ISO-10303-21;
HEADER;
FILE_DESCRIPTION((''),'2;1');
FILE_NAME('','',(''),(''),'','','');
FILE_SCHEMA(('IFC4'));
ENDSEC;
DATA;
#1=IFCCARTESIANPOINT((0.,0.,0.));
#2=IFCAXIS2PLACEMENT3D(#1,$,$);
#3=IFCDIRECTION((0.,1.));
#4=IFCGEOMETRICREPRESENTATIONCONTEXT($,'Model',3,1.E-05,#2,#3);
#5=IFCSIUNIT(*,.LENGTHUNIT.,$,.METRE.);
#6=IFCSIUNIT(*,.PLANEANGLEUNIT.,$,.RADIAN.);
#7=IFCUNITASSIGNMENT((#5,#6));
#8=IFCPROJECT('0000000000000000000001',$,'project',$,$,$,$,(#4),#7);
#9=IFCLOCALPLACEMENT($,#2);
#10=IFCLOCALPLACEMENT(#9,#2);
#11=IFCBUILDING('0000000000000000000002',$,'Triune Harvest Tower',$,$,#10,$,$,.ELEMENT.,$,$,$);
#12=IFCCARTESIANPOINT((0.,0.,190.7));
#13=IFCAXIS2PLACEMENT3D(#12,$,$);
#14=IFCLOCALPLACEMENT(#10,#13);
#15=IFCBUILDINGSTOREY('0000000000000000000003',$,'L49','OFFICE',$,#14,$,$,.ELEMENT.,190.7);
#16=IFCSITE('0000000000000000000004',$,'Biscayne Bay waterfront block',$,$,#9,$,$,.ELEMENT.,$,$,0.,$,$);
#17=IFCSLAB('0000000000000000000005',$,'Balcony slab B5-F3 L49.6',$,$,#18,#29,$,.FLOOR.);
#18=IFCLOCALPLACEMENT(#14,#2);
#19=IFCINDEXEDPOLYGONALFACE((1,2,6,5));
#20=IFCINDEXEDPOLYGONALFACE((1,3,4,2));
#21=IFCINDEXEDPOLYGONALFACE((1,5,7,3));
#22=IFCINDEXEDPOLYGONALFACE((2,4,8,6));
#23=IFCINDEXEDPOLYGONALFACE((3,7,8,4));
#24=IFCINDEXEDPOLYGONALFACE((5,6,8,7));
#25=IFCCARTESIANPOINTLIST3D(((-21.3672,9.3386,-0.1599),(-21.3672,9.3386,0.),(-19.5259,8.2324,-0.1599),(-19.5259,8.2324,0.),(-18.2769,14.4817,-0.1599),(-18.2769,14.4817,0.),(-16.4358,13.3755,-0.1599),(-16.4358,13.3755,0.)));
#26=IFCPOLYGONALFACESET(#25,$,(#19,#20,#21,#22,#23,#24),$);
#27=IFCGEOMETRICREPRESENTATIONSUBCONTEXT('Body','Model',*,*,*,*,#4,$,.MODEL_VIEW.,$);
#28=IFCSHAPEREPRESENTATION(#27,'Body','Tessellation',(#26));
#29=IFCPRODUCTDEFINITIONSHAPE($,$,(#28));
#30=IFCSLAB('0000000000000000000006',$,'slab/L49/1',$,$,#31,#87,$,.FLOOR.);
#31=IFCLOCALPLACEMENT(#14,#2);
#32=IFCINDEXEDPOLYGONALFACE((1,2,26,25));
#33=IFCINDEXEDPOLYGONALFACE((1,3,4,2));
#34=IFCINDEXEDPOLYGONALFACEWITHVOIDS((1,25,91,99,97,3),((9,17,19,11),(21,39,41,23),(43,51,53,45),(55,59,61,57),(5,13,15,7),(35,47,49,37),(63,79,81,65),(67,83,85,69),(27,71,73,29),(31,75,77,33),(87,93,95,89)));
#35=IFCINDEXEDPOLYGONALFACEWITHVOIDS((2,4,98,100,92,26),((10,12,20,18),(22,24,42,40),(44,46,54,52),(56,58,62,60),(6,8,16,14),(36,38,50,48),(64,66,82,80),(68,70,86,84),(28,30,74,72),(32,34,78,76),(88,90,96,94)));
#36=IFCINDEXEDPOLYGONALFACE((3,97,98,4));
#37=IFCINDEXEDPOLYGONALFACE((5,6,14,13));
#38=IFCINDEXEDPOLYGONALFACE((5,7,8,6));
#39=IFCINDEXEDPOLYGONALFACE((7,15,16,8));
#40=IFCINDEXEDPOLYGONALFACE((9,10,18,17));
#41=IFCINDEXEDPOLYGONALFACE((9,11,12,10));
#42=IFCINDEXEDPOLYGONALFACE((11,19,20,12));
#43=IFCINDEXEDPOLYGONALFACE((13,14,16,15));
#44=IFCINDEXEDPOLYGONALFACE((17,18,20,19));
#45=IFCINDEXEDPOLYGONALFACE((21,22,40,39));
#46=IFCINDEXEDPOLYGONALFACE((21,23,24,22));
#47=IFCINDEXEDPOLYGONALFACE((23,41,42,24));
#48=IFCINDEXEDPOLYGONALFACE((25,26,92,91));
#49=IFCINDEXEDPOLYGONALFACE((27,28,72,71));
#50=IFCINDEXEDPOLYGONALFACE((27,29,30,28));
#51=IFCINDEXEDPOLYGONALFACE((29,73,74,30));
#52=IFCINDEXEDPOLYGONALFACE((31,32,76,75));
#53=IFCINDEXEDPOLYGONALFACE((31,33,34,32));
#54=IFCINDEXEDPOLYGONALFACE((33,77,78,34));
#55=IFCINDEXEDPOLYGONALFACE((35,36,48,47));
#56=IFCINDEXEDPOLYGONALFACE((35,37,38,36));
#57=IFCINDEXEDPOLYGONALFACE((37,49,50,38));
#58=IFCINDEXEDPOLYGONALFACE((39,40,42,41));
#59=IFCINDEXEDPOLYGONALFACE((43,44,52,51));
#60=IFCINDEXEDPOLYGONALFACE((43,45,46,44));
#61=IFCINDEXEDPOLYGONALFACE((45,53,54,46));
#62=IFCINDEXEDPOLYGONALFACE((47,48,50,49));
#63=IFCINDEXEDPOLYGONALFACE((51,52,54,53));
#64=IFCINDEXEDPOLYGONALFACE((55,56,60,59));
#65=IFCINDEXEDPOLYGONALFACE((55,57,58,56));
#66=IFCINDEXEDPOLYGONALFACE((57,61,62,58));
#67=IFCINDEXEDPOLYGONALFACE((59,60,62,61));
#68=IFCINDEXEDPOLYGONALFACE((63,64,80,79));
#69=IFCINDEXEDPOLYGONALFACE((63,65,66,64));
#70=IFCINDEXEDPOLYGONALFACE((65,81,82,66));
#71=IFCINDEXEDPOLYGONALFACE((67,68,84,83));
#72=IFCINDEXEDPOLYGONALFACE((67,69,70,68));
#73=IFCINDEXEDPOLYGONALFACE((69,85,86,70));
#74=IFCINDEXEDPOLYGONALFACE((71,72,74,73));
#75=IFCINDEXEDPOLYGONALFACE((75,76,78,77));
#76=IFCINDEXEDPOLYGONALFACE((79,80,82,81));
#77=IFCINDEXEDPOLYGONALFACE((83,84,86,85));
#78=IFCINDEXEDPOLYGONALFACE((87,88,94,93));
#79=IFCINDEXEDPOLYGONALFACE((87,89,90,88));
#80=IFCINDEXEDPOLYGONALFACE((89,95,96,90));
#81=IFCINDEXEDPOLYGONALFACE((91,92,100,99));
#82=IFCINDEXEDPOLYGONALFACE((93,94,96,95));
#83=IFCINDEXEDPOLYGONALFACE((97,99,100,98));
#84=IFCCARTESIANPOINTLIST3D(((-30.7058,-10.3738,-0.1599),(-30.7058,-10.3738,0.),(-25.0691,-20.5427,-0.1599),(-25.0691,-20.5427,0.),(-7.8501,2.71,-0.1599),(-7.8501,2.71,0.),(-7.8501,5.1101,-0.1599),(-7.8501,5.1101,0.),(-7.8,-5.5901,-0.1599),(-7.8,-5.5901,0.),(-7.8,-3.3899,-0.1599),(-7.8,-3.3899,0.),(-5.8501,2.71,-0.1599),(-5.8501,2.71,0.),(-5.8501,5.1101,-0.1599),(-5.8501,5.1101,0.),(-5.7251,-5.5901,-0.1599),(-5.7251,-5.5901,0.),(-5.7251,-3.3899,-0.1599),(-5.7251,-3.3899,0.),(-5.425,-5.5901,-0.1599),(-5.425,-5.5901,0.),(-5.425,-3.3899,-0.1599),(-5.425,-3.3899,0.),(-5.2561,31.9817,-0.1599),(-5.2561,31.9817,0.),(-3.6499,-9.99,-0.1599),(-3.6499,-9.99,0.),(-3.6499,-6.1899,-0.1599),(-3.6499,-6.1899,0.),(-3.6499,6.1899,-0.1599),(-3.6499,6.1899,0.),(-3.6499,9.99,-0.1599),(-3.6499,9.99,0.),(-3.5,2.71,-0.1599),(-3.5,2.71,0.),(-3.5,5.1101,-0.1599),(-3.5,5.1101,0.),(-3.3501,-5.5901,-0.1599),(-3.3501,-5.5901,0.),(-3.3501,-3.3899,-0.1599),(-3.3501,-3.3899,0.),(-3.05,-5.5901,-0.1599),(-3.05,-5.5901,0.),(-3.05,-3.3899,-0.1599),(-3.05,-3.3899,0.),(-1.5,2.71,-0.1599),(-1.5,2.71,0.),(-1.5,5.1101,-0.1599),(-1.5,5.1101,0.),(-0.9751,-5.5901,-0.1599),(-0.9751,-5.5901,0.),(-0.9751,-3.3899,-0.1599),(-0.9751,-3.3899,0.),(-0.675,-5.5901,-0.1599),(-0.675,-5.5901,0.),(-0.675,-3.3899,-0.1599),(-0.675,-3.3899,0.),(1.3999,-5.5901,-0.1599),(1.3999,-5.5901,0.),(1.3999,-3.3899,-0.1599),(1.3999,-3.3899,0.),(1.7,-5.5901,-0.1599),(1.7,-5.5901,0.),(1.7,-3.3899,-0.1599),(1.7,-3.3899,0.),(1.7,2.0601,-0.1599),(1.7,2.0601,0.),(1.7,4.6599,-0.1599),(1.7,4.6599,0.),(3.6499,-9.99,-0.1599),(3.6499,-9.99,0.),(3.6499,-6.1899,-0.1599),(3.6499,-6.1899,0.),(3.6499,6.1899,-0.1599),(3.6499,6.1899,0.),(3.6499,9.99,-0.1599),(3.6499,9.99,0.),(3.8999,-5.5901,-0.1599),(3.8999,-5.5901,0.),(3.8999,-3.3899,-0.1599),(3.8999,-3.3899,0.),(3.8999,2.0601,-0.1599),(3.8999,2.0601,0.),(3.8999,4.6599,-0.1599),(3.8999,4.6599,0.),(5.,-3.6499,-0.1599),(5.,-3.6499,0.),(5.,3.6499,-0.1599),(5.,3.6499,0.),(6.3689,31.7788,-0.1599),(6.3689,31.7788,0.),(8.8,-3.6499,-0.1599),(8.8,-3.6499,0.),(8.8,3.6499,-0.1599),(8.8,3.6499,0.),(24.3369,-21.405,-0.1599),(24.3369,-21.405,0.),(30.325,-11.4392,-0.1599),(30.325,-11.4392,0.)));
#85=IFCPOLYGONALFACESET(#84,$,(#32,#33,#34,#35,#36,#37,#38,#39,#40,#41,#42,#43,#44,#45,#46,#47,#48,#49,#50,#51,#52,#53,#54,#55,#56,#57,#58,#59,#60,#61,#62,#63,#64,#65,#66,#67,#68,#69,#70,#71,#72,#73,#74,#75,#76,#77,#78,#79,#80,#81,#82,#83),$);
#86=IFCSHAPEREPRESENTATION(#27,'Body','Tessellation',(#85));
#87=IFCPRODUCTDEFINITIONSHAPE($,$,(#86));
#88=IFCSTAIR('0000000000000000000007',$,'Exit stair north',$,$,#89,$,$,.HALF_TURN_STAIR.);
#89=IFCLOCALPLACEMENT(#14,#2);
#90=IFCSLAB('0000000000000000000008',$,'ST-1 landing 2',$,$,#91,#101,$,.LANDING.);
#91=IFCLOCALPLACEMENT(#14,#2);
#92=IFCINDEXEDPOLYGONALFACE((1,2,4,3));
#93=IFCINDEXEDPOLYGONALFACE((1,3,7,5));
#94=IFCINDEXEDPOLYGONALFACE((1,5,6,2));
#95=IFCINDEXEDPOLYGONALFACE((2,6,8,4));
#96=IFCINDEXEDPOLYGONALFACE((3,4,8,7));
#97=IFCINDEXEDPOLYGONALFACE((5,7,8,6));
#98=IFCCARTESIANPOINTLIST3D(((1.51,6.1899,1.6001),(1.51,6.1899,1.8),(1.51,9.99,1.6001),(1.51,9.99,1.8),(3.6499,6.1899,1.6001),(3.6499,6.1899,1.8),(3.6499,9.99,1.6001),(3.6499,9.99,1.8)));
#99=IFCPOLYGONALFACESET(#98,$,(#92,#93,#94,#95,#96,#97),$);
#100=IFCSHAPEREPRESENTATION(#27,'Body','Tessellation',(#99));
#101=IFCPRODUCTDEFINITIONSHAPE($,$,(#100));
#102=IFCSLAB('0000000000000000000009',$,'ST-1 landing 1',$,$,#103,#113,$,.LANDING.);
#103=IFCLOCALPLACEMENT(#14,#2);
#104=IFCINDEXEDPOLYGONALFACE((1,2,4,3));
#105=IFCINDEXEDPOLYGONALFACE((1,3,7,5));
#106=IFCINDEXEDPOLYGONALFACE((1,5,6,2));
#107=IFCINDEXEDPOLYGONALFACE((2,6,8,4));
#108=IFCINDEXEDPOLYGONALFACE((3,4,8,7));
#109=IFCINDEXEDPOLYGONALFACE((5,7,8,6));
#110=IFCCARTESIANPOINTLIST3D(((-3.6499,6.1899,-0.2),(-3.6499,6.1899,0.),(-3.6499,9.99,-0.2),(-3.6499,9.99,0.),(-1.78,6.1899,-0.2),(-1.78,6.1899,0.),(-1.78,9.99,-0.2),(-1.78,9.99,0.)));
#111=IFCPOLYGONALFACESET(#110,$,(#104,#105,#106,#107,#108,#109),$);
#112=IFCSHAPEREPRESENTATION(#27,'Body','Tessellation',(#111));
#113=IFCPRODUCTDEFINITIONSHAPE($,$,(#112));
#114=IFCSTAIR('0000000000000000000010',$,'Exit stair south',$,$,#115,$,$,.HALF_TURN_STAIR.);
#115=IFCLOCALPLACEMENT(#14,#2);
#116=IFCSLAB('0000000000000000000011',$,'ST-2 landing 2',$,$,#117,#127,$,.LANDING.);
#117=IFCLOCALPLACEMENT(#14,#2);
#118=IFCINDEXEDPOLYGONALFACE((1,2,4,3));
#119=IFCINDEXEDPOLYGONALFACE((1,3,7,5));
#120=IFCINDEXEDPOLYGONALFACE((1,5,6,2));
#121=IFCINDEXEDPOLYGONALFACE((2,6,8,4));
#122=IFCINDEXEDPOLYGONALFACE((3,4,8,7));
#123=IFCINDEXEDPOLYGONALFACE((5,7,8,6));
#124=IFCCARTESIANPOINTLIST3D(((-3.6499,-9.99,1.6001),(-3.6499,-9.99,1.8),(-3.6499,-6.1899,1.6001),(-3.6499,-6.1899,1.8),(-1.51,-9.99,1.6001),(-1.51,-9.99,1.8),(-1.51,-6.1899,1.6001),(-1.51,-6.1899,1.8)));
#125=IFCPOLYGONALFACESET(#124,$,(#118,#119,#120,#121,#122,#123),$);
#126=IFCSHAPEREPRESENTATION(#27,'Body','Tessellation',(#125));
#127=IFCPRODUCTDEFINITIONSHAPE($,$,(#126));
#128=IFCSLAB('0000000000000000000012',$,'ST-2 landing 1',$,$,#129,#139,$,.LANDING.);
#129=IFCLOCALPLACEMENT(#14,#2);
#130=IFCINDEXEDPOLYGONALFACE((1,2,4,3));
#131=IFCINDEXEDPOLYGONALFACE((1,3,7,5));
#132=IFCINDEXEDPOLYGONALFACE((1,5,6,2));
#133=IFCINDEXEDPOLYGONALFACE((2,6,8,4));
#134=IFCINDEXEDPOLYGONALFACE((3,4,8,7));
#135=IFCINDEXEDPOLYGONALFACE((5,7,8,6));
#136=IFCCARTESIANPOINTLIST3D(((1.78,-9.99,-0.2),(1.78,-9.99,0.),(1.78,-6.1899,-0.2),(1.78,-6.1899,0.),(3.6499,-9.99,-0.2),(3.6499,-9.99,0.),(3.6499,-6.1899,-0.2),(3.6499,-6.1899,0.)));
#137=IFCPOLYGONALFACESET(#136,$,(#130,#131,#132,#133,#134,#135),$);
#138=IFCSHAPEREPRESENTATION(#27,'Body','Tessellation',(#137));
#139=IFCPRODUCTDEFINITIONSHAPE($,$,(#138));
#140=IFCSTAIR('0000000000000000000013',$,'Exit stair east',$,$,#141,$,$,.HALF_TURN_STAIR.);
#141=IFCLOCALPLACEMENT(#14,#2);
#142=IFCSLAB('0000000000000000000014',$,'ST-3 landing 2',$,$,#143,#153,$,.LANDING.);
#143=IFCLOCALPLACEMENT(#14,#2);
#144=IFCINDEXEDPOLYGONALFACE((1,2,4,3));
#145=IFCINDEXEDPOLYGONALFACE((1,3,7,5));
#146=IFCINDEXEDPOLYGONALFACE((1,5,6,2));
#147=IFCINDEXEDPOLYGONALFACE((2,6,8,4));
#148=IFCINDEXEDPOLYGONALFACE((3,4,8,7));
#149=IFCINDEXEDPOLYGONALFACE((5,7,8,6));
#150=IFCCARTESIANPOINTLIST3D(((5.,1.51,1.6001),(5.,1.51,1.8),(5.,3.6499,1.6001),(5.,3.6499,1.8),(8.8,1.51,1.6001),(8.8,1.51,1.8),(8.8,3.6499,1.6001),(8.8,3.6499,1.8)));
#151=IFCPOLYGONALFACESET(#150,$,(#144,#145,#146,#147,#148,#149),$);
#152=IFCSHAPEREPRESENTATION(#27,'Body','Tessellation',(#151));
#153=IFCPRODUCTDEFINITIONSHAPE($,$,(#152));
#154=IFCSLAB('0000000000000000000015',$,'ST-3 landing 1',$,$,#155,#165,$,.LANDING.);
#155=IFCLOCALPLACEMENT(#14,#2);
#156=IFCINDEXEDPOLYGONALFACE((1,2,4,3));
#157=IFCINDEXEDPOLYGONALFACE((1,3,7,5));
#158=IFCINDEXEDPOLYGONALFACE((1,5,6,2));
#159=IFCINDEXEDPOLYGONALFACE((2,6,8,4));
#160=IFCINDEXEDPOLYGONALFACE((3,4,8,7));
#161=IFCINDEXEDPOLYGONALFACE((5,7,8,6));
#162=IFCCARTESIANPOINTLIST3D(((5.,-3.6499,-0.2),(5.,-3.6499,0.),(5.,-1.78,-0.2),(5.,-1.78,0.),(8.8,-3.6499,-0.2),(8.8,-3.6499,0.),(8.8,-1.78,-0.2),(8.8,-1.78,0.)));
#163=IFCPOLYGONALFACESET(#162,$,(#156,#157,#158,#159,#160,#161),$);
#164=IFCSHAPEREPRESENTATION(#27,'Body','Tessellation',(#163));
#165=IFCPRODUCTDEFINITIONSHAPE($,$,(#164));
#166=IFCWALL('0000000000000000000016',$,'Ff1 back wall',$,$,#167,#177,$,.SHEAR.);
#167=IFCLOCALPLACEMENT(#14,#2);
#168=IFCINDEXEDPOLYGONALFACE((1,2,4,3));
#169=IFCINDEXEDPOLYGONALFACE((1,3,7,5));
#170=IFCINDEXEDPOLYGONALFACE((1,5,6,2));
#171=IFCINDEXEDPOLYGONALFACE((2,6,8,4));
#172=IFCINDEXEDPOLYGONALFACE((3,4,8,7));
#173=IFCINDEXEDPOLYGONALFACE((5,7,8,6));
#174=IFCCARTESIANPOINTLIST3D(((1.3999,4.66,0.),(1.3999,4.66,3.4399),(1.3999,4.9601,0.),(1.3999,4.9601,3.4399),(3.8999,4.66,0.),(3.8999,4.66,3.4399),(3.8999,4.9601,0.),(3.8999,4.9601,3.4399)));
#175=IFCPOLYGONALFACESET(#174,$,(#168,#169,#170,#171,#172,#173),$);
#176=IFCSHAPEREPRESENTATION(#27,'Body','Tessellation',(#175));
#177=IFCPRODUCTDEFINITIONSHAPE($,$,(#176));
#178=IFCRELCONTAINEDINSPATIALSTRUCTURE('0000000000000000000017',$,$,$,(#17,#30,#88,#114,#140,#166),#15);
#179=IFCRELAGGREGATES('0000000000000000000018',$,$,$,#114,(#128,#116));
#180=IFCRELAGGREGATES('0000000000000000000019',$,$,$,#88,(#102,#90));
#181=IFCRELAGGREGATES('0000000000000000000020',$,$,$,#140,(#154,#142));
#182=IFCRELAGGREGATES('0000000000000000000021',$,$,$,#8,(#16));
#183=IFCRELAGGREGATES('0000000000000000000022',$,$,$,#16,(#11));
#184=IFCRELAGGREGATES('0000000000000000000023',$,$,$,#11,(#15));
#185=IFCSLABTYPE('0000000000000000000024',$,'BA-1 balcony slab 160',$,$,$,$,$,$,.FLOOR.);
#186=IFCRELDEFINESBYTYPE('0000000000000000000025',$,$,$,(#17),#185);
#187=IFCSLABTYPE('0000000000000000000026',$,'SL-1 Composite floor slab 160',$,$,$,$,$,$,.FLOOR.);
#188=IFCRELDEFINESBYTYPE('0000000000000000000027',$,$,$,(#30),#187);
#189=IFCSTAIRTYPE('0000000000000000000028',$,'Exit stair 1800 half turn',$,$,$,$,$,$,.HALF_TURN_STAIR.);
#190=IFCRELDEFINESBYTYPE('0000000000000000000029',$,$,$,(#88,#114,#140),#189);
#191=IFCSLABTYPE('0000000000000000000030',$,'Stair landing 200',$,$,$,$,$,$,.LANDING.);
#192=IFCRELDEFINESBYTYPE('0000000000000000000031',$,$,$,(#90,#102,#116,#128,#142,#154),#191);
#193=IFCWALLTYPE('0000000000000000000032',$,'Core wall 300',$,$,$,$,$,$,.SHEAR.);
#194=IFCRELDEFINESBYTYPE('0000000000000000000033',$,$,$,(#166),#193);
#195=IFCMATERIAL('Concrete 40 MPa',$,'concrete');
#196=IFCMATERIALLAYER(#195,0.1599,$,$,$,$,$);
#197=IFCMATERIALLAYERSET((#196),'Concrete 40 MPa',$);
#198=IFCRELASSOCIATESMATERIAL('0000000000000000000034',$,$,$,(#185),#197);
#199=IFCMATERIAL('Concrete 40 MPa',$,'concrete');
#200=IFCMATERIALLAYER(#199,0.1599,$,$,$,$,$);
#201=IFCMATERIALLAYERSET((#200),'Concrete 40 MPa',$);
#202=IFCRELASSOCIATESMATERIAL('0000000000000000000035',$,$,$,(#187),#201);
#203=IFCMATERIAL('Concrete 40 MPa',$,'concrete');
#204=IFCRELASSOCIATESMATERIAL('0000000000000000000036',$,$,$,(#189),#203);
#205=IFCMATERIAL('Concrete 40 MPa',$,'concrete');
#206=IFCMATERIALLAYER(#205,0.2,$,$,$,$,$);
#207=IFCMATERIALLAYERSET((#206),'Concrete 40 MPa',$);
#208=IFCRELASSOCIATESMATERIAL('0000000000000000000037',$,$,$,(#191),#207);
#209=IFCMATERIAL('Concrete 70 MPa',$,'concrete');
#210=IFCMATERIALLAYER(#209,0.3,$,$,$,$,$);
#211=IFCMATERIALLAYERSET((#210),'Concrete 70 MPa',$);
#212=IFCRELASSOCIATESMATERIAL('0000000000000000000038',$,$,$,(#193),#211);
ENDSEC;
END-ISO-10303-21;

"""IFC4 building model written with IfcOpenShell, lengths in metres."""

from ifc_helpers import new_model, si_unit, direction, frame, frame_2d, origin, place, context, subcontext, project, spatial, polyline, rectangle, outline, extrude, source, transform, mapped, material, layer, layer_set, type_object, element, aggregate, save


model = new_model("IFC4")

# Units and contexts
model_context = context("Model", 3, precision=1e-05, world=origin(), true_north=direction((0.0, 1.0)))
body_context = subcontext(model_context, "Body", "Model", "MODEL_VIEW")
ifc_project = project(units=[si_unit("LENGTHUNIT", "METRE"), si_unit("PLANEANGLEUNIT", "RADIAN")], contexts=[model_context])

# Site, building, storey
site_placement = place(None, origin())
site = spatial("IfcSite", under=ifc_project, at=site_placement, Name="Biscayne Bay waterfront block", CompositionType="ELEMENT", RefElevation=0.0)
building_placement = place(site_placement, origin())
building = spatial("IfcBuilding", under=site, at=building_placement, Name="Triune Harvest Tower", CompositionType="ELEMENT")
storey_placement = place(building_placement, frame((0.0, 0.0, 190.7)))
storey = spatial("IfcBuildingStorey", under=building, at=storey_placement, Name="L49", Description="OFFICE", CompositionType="ELEMENT", Elevation=190.7)

# Slabs
ifc_material_1 = material(Name="Concrete 40 MPa", Category="concrete")
ifc_layer_1 = layer(ifc_material_1, 0.1599)
ifc_layer_set_1 = layer_set([ifc_layer_1], Name="Concrete 40 MPa")
slab_type_1 = type_object("IfcSlabType", Name="BA-1 balcony slab 160", PredefinedType="FLOOR", material=ifc_layer_set_1)
slab_1_placement = place(storey_placement, frame((0.0, 0.0, -0.1599)))
element("IfcSlab", 1, at=slab_1_placement, inside=storey, type_object=slab_type_1, Name="Balcony slab B5-F3 L49.6", PredefinedType="FLOOR", context=body_context, shape_type="SweptSolid", body=[
    extrude(outline(polyline([(-16.4358, 13.3755), (-19.5259, 8.2324), (-21.3672, 9.3386), (-18.2769, 14.4817), (-16.4358, 13.3755)])), origin(), (0.0, 0.0, 1.0), 0.1599),
])
ifc_material_2 = material(Name="Concrete 40 MPa", Category="concrete")
ifc_layer_2 = layer(ifc_material_2, 0.1599)
ifc_layer_set_2 = layer_set([ifc_layer_2], Name="Concrete 40 MPa")
slab_type_2 = type_object("IfcSlabType", Name="SL-1 Composite floor slab 160", PredefinedType="FLOOR", material=ifc_layer_set_2)
shared_shape_1 = source(origin(), body_context, "Body", "SweptSolid", [
    extrude(outline(polyline([(30.325, -11.4392), (6.3689, 31.7788), (-5.2561, 31.9817), (-30.7058, -10.3738), (-25.0691, -20.5427), (24.3369, -21.405), (30.325, -11.4392)]), holes=[polyline([(-5.7251, -5.5901), (-5.7251, -3.3899), (-7.8, -3.3899), (-7.8, -5.5901), (-5.7251, -5.5901)]), polyline([(-3.3501, -5.5901), (-3.3501, -3.3899), (-5.425, -3.3899), (-5.425, -5.5901), (-3.3501, -5.5901)]), polyline([(-0.9751, -5.5901), (-0.9751, -3.3899), (-3.05, -3.3899), (-3.05, -5.5901), (-0.9751, -5.5901)]), polyline([(1.3999, -5.5901), (1.3999, -3.3899), (-0.675, -3.3899), (-0.675, -5.5901), (1.3999, -5.5901)]), polyline([(3.8999, 2.0601), (3.8999, 4.6599), (1.7, 4.6599), (1.7, 2.0601), (3.8999, 2.0601)]), polyline([(3.8999, -5.5901), (3.8999, -3.3899), (1.7, -3.3899), (1.7, -5.5901), (3.8999, -5.5901)]), polyline([(-5.8501, 2.71), (-5.8501, 5.1101), (-7.8501, 5.1101), (-7.8501, 2.71), (-5.8501, 2.71)]), polyline([(-1.5, 2.71), (-1.5, 5.1101), (-3.5, 5.1101), (-3.5, 2.71), (-1.5, 2.71)]), polyline([(3.6499, 6.1899), (3.6499, 9.99), (-3.6499, 9.99), (-3.6499, 6.1899), (3.6499, 6.1899)]), polyline([(3.6499, -9.99), (3.6499, -6.1899), (-3.6499, -6.1899), (-3.6499, -9.99), (3.6499, -9.99)]), polyline([(8.8, -3.6499), (8.8, 3.6499), (5.0, 3.6499), (5.0, -3.6499), (8.8, -3.6499)])]), origin(), (0.0, 0.0, 1.0), 0.1599),
])
slab_2_placement = place(storey_placement, frame((0.0, 0.0, -0.1599)))
element("IfcSlab", 2, at=slab_2_placement, inside=storey, type_object=slab_type_2, Name="slab/L49/1", PredefinedType="FLOOR", context=body_context, shape_type="MappedRepresentation", body=[
    mapped(shared_shape_1, transform((0.0, 0.0, 0.0), scale=1.0)),
])

# Stairs, slabs
ifc_material_3 = material(Name="Concrete 40 MPa", Category="concrete")
stair_type = type_object("IfcStairType", Name="Exit stair 1800 half turn", PredefinedType="HALF_TURN_STAIR", material=ifc_material_3)
stair_1_placement = place(storey_placement, origin())
stair_1 = element("IfcStair", 3, at=stair_1_placement, inside=storey, type_object=stair_type, Name="Exit stair north", PredefinedType="HALF_TURN_STAIR")
ifc_material_4 = material(Name="Concrete 40 MPa", Category="concrete")
ifc_layer_3 = layer(ifc_material_4, 0.2)
ifc_layer_set_3 = layer_set([ifc_layer_3], Name="Concrete 40 MPa")
slab_type_3 = type_object("IfcSlabType", Name="Stair landing 200", PredefinedType="LANDING", material=ifc_layer_set_3)
shared_shape_2 = source(origin(), body_context, "Body", "SweptSolid", [
    extrude(outline(polyline([(1.51, 6.1899), (3.6499, 6.1899), (3.6499, 9.99), (1.51, 9.99), (1.51, 6.1899)])), origin(), (0.0, 0.0, 1.0), 0.2),
])
slab_3_placement = place(storey_placement, frame((0.0, 0.0, 1.6001)))
slab_3 = element("IfcSlab", 4, at=slab_3_placement, type_object=slab_type_3, Name="ST-1 landing 2", PredefinedType="LANDING", context=body_context, shape_type="MappedRepresentation", body=[
    mapped(shared_shape_2, transform((0.0, 0.0, 0.0), scale=1.0)),
])
shared_shape_3 = source(origin(), body_context, "Body", "SweptSolid", [
    extrude(outline(polyline([(-3.6499, 6.1899), (-1.78, 6.1899), (-1.78, 9.99), (-3.6499, 9.99), (-3.6499, 6.1899)])), origin(), (0.0, 0.0, 1.0), 0.2),
])
slab_4_placement = place(storey_placement, frame((0.0, 0.0, -0.2)))
slab_4 = element("IfcSlab", 5, at=slab_4_placement, type_object=slab_type_3, Name="ST-1 landing 1", PredefinedType="LANDING", context=body_context, shape_type="MappedRepresentation", body=[
    mapped(shared_shape_3, transform((0.0, 0.0, 0.0), scale=1.0)),
])
stair_2_placement = place(storey_placement, origin())
stair_2 = element("IfcStair", 6, at=stair_2_placement, inside=storey, type_object=stair_type, Name="Exit stair south", PredefinedType="HALF_TURN_STAIR")
shared_shape_4 = source(origin(), body_context, "Body", "SweptSolid", [
    extrude(outline(polyline([(-1.51, -6.1899), (-3.6499, -6.1899), (-3.6499, -9.99), (-1.51, -9.99), (-1.51, -6.1899)])), origin(), (0.0, 0.0, 1.0), 0.2),
])
slab_5_placement = place(storey_placement, frame((0.0, 0.0, 1.6001)))
slab_5 = element("IfcSlab", 7, at=slab_5_placement, type_object=slab_type_3, Name="ST-2 landing 2", PredefinedType="LANDING", context=body_context, shape_type="MappedRepresentation", body=[
    mapped(shared_shape_4, transform((0.0, 0.0, 0.0), scale=1.0)),
])
shared_shape_5 = source(origin(), body_context, "Body", "SweptSolid", [
    extrude(outline(polyline([(3.6499, -6.1899), (1.78, -6.1899), (1.78, -9.99), (3.6499, -9.99), (3.6499, -6.1899)])), origin(), (0.0, 0.0, 1.0), 0.2),
])
slab_6_placement = place(storey_placement, frame((0.0, 0.0, -0.2)))
slab_6 = element("IfcSlab", 8, at=slab_6_placement, type_object=slab_type_3, Name="ST-2 landing 1", PredefinedType="LANDING", context=body_context, shape_type="MappedRepresentation", body=[
    mapped(shared_shape_5, transform((0.0, 0.0, 0.0), scale=1.0)),
])
aggregate(stair_2, [slab_6, slab_5])
stair_3_placement = place(storey_placement, origin())
stair_3 = element("IfcStair", 9, at=stair_3_placement, inside=storey, type_object=stair_type, Name="Exit stair east", PredefinedType="HALF_TURN_STAIR")
shared_shape_6 = source(origin(), body_context, "Body", "SweptSolid", [
    extrude(outline(polyline([(8.8, 1.51), (8.8, 3.6499), (5.0, 3.6499), (5.0, 1.51), (8.8, 1.51)])), origin(), (0.0, 0.0, 1.0), 0.2),
])
slab_7_placement = place(storey_placement, frame((0.0, 0.0, 1.6001)))
slab_7 = element("IfcSlab", 10, at=slab_7_placement, type_object=slab_type_3, Name="ST-3 landing 2", PredefinedType="LANDING", context=body_context, shape_type="MappedRepresentation", body=[
    mapped(shared_shape_6, transform((0.0, 0.0, 0.0), scale=1.0)),
])
shared_shape_7 = source(origin(), body_context, "Body", "SweptSolid", [
    extrude(outline(polyline([(8.8, -3.6499), (8.8, -1.78), (5.0, -1.78), (5.0, -3.6499), (8.8, -3.6499)])), origin(), (0.0, 0.0, 1.0), 0.2),
])
slab_8_placement = place(storey_placement, frame((0.0, 0.0, -0.2)))
slab_8 = element("IfcSlab", 11, at=slab_8_placement, type_object=slab_type_3, Name="ST-3 landing 1", PredefinedType="LANDING", context=body_context, shape_type="MappedRepresentation", body=[
    mapped(shared_shape_7, transform((0.0, 0.0, 0.0), scale=1.0)),
])

# Wall
ifc_material_5 = material(Name="Concrete 70 MPa", Category="concrete")
ifc_layer_4 = layer(ifc_material_5, 0.3)
ifc_layer_set_4 = layer_set([ifc_layer_4], Name="Concrete 70 MPa")
wall_type_1 = type_object("IfcWallType", Name="Core wall 300", PredefinedType="SHEAR", material=ifc_layer_set_4)
shared_shape_8 = source(origin(), body_context, "Body", "SweptSolid", [
    extrude(rectangle(XDim=2.5, YDim=0.3, at=frame_2d((1.25, 0.0))), origin(), (0.0, 0.0, 1.0), 3.4399),
])
wall_1_placement = place(storey_placement, frame((1.3999, 4.8101, 0.0), z_axis=(0.0, 0.0, 1.0), x_axis=(1.0, 0.0, 0.0)))
element("IfcWall", 12, at=wall_1_placement, inside=storey, type_object=wall_type_1, Name="Ff1 back wall", PredefinedType="SHEAR", context=body_context, shape_type="MappedRepresentation", body=[
    mapped(shared_shape_8, transform((0.0, 0.0, 0.0), scale=1.0)),
])

aggregate(stair_1, [slab_4, slab_3])
aggregate(stair_3, [slab_8, slab_7])

save(model, "model.ifc")
